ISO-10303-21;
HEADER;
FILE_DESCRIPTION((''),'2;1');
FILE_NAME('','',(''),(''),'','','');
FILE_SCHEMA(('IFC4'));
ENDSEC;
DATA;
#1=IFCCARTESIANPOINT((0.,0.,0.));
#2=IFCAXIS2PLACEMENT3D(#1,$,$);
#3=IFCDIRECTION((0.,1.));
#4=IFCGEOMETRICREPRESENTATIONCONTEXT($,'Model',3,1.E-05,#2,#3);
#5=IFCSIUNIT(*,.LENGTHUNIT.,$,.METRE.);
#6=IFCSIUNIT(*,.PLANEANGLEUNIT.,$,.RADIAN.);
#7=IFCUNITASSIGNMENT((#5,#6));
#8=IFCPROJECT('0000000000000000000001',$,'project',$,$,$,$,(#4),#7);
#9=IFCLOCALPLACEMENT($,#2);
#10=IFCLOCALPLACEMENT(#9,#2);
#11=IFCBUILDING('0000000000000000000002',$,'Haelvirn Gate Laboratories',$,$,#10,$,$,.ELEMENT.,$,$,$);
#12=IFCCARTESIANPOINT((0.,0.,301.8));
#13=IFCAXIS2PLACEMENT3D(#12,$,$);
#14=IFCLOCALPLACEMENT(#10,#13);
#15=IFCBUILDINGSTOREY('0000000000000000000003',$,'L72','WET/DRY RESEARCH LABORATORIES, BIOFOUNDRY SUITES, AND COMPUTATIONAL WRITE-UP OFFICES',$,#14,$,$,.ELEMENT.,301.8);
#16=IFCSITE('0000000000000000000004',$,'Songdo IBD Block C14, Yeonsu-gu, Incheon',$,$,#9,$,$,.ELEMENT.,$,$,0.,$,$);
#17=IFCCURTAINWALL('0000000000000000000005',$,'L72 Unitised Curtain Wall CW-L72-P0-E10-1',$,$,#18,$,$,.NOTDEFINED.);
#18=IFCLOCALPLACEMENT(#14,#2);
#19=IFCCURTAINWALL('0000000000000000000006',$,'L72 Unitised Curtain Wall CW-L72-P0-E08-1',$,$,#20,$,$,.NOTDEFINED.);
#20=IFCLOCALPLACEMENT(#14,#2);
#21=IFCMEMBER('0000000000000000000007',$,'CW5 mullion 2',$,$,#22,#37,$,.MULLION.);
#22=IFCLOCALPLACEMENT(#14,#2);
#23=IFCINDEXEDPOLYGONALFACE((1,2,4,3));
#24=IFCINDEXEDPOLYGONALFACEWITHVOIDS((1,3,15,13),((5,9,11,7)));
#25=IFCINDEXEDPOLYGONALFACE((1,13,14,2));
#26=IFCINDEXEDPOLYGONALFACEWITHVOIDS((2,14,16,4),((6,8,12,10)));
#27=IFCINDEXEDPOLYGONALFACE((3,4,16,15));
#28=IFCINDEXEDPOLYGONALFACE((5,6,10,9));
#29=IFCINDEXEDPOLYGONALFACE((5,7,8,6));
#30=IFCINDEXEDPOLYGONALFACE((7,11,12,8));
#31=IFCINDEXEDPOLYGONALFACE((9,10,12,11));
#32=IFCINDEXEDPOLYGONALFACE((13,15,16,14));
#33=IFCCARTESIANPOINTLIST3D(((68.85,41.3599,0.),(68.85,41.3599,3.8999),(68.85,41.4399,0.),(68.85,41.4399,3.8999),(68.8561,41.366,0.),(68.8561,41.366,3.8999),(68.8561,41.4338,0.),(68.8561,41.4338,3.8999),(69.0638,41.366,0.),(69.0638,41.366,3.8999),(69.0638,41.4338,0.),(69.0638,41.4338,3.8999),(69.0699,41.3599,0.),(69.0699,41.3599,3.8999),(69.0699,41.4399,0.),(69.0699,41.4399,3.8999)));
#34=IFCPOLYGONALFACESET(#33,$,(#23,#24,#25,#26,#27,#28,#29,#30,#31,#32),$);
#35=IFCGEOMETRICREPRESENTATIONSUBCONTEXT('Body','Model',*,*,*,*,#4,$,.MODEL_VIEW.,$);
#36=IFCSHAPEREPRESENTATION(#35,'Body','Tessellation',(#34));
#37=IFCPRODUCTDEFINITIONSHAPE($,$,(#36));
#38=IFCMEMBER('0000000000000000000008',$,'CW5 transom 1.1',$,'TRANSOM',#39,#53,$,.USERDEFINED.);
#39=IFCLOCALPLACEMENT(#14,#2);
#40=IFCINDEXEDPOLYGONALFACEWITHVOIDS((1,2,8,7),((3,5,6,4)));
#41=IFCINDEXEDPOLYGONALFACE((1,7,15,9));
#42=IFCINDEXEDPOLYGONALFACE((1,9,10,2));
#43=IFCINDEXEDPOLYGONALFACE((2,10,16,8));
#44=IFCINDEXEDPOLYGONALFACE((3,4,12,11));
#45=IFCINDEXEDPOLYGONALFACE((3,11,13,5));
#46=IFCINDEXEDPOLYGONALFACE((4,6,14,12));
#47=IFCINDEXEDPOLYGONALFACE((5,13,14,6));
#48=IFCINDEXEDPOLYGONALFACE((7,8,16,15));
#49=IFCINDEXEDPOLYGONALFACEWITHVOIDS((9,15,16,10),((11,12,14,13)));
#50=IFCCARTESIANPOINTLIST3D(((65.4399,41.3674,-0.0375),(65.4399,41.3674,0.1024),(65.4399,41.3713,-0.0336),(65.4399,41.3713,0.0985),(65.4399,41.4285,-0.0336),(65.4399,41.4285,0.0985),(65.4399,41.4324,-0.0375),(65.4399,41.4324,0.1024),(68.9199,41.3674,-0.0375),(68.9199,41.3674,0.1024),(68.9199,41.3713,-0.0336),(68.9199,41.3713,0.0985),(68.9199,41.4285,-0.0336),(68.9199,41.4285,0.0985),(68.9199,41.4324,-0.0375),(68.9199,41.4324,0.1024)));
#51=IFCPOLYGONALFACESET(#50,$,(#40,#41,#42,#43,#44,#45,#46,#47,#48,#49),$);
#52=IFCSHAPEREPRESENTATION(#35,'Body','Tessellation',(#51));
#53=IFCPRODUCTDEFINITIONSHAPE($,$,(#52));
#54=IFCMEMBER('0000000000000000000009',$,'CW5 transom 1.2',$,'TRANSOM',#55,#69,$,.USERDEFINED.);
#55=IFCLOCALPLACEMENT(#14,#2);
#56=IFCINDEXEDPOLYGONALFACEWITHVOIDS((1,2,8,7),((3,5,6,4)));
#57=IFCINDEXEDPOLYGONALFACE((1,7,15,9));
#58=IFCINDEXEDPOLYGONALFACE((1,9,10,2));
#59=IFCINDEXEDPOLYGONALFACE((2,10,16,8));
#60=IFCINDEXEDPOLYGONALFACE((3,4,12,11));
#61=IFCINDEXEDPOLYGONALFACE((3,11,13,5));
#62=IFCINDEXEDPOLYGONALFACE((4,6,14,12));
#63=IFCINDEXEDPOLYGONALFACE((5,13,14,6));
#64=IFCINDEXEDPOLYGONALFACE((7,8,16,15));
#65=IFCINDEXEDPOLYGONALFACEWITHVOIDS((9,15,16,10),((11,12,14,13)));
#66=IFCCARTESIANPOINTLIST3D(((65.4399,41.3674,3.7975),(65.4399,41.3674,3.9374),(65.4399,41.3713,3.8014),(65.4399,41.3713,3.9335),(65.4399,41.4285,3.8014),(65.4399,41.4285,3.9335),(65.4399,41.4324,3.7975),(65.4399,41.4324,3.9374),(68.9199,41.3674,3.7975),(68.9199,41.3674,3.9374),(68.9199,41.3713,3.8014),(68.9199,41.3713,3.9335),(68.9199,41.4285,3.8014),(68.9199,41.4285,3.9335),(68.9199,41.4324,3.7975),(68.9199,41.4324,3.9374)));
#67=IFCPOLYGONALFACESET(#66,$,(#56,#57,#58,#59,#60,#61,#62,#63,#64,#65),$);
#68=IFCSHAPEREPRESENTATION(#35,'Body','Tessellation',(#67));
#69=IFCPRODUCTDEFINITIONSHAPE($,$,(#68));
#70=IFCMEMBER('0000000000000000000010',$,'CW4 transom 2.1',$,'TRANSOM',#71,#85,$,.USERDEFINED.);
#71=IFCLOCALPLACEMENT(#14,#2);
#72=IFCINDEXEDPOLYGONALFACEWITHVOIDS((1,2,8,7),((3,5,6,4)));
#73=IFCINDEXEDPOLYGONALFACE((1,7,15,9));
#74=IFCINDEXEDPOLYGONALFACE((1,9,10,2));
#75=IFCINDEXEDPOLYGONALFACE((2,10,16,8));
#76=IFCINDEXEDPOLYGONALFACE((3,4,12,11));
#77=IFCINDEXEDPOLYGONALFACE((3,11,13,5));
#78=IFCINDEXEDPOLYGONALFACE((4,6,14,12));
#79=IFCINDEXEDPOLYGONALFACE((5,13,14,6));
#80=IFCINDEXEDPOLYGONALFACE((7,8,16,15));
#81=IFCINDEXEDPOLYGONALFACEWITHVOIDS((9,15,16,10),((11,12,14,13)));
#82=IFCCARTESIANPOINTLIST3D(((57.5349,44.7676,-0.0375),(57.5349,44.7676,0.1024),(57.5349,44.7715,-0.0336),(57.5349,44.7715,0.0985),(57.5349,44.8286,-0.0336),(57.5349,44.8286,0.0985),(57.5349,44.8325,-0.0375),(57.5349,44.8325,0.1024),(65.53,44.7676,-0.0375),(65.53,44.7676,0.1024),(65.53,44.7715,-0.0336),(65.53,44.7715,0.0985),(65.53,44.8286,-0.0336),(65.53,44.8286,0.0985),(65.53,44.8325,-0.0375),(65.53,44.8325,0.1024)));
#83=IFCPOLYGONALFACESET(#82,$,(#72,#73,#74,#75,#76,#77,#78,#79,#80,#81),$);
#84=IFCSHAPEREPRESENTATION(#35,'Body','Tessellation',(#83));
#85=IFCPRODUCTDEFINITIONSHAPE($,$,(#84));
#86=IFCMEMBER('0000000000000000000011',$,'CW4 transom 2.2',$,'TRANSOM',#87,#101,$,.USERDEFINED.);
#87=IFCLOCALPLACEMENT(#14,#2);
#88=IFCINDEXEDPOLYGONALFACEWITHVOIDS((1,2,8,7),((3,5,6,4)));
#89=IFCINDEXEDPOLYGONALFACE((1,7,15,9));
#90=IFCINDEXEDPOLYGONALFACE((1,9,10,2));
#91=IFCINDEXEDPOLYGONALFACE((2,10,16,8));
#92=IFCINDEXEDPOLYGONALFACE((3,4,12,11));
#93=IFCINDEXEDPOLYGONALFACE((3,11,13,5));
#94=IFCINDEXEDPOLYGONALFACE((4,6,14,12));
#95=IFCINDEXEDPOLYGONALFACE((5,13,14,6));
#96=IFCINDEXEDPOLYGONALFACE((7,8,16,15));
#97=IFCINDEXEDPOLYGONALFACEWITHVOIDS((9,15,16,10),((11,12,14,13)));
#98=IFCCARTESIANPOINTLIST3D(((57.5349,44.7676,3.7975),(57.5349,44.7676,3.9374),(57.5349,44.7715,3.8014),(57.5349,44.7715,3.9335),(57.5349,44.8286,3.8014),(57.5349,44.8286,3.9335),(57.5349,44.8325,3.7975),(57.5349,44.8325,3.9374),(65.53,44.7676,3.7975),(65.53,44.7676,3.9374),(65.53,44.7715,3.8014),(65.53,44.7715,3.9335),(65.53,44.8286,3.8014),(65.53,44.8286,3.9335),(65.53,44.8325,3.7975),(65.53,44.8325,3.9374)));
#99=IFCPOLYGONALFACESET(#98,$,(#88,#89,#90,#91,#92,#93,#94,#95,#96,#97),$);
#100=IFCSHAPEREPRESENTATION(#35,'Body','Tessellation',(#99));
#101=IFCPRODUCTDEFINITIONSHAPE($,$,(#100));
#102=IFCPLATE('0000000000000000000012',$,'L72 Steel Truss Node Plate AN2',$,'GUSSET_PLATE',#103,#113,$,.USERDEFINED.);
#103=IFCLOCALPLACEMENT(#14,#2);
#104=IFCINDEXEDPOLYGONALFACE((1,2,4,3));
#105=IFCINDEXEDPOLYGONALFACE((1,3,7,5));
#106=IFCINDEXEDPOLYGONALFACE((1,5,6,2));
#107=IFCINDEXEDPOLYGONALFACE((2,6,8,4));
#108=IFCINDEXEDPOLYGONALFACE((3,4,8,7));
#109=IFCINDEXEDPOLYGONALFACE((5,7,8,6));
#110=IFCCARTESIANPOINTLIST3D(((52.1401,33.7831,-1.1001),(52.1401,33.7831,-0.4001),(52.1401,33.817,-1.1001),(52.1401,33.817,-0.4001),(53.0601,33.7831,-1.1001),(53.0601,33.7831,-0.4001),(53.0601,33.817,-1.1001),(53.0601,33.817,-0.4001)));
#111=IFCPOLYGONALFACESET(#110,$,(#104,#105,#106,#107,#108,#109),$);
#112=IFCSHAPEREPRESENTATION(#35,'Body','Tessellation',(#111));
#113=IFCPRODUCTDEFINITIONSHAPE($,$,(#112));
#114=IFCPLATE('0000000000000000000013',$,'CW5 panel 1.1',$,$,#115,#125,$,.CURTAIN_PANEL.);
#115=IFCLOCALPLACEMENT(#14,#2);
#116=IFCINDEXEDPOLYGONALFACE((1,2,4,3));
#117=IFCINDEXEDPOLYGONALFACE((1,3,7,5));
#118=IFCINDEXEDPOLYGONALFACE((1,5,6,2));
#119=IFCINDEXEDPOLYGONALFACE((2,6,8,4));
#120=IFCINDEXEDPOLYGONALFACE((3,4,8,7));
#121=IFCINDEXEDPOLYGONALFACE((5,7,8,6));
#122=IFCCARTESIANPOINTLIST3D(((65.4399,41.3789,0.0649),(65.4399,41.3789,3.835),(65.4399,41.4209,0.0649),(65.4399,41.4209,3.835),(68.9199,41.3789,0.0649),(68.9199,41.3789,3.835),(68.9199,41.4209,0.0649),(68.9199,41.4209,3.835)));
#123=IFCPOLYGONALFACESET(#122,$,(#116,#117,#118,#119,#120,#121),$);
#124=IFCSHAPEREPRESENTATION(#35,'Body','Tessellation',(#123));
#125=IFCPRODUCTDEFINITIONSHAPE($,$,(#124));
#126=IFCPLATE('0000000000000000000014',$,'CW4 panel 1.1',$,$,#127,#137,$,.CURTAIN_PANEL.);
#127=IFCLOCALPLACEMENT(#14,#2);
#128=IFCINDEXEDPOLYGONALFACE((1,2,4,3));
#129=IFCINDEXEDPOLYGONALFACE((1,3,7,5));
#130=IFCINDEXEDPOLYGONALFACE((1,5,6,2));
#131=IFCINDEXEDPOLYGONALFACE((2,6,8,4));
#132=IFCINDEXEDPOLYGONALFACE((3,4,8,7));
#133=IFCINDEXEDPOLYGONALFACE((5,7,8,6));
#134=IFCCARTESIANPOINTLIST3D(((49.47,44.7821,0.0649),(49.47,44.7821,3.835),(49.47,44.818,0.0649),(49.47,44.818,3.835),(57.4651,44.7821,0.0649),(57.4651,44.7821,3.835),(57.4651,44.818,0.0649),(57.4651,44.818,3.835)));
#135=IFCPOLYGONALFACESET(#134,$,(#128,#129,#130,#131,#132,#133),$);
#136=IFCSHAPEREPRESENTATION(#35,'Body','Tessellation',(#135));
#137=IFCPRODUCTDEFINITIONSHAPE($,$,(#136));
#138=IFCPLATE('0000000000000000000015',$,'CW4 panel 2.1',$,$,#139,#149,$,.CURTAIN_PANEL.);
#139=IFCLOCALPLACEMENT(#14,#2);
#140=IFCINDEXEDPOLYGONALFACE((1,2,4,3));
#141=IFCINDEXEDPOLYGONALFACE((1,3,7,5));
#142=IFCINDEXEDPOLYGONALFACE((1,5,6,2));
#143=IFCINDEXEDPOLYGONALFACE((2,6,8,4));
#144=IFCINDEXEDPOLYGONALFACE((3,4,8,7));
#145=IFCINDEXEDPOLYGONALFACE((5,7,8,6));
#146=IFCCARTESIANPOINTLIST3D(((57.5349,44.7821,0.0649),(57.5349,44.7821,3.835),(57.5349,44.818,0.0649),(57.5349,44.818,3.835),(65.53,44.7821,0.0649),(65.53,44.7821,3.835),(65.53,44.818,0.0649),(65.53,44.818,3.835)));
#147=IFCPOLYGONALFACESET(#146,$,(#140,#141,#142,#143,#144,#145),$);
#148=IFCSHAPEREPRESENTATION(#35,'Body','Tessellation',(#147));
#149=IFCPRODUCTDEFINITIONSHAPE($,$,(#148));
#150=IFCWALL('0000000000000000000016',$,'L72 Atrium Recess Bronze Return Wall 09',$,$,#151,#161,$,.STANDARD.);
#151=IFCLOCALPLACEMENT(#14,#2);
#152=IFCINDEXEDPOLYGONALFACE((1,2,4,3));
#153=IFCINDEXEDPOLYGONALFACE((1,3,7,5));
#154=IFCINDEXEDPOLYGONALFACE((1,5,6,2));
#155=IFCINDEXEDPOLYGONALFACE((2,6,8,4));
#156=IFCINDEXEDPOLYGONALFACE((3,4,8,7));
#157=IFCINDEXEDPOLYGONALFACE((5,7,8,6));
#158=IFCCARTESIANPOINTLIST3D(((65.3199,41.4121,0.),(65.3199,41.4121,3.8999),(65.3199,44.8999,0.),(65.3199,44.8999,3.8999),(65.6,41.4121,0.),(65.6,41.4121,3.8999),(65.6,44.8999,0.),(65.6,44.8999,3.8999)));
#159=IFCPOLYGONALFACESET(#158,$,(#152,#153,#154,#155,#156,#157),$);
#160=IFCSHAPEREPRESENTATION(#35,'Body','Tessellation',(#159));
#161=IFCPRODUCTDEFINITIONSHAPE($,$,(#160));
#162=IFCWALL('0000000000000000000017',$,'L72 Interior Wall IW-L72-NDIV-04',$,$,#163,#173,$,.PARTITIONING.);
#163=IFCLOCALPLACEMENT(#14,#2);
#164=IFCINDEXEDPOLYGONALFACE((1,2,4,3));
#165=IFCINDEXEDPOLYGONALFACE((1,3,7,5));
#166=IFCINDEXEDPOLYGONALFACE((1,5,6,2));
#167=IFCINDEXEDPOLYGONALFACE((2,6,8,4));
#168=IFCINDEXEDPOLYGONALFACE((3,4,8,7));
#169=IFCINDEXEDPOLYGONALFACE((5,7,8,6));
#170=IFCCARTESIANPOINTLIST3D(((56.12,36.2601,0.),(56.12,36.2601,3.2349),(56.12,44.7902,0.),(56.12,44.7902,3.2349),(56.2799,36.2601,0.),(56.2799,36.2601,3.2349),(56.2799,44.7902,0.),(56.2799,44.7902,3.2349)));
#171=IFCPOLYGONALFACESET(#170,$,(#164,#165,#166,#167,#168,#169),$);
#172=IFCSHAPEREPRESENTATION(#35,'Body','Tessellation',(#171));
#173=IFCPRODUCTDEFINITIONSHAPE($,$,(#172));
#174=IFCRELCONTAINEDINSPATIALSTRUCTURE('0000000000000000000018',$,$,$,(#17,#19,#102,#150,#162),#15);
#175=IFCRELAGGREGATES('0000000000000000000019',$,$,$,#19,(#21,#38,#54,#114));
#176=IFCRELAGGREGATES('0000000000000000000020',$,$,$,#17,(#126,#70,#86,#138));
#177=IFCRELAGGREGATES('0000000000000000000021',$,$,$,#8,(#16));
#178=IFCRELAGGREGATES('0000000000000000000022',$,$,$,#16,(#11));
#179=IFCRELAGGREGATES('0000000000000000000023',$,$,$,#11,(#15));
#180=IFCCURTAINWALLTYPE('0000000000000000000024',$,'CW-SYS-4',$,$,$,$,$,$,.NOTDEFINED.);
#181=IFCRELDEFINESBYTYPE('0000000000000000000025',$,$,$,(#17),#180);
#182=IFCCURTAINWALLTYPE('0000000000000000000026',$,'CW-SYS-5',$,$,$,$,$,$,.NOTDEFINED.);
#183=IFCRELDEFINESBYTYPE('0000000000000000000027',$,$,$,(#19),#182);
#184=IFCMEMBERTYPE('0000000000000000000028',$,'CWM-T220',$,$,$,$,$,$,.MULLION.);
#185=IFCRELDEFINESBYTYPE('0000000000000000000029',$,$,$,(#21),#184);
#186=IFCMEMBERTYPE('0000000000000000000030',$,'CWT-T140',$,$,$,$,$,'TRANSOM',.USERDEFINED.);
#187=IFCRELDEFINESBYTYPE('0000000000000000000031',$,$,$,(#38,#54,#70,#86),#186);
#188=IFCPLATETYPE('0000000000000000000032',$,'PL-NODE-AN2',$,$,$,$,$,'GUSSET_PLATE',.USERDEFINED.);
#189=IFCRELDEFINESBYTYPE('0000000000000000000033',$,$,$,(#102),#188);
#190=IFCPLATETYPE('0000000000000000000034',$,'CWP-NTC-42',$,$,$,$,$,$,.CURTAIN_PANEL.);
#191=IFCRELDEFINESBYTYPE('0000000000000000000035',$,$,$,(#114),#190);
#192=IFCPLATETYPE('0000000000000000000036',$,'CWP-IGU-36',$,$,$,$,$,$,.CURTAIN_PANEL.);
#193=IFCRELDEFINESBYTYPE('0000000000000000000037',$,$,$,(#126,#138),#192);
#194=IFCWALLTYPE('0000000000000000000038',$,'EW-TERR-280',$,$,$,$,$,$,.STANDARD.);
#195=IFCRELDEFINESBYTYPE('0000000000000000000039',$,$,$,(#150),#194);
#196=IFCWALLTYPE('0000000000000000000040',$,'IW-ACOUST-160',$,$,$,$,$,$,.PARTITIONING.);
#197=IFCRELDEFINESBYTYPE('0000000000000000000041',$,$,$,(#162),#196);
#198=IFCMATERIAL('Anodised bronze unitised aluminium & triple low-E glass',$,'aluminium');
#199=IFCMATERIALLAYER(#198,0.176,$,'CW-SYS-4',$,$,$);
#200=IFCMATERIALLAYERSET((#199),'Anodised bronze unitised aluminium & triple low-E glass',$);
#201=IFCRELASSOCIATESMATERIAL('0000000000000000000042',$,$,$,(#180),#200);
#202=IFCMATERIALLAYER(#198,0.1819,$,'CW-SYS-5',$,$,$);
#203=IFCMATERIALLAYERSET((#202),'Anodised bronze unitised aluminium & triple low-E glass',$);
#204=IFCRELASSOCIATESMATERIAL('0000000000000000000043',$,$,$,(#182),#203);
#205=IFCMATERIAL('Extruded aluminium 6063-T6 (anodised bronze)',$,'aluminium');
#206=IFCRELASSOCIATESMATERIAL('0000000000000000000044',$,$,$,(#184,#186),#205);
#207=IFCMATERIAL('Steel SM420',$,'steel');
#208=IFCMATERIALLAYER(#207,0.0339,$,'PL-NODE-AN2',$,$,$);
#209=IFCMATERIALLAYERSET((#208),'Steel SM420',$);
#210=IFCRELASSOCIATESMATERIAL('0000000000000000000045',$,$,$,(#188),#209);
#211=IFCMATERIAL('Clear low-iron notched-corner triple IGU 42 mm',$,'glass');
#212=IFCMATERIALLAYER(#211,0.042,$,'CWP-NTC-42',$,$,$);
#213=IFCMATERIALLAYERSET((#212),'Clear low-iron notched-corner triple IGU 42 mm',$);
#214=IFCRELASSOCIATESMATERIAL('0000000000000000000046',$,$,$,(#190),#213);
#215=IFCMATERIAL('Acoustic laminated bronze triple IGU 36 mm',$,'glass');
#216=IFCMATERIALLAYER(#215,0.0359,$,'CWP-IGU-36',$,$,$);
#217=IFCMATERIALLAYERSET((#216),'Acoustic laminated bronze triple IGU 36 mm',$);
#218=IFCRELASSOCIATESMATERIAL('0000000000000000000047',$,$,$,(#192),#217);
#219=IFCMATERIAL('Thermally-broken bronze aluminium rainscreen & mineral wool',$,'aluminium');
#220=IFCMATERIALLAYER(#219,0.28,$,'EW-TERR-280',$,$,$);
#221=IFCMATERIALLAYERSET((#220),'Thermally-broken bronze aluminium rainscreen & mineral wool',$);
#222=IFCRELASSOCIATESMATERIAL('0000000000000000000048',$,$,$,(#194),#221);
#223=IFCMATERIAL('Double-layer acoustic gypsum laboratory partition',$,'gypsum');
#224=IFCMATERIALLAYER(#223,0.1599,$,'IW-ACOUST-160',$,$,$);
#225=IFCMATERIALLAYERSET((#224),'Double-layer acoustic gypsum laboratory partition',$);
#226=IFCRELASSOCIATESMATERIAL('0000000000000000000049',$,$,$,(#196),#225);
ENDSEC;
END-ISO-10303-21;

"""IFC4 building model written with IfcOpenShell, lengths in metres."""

from ifc_helpers import new_model, si_unit, direction, frame, frame_2d, origin, origin_2d, place, context, subcontext, project, spatial, rectangle, hollow_rectangle, extrude, source, transform, mapped, material, layer, layer_set, material_profile, profile_set, type_object, type_shapes, element, aggregate, save


model = new_model("IFC4")

# Units and contexts
model_context = context("Model", 3, precision=1e-05, world=origin(), true_north=direction((0.0, 1.0)))
body_context = subcontext(model_context, "Body", "Model", "MODEL_VIEW")
ifc_project = project(units=[si_unit("LENGTHUNIT", "METRE"), si_unit("PLANEANGLEUNIT", "RADIAN")], contexts=[model_context])

# Site, building, storey
site_placement = place(None, origin())
site = spatial("IfcSite", under=ifc_project, at=site_placement, Name="Songdo IBD Block C14, Yeonsu-gu, Incheon", CompositionType="ELEMENT", RefElevation=0.0)
building_placement = place(site_placement, origin())
building = spatial("IfcBuilding", under=site, at=building_placement, Name="Haelvirn Gate Laboratories", CompositionType="ELEMENT")
storey_placement = place(building_placement, frame((0.0, 0.0, 301.8)))
storey = spatial("IfcBuildingStorey", under=building, at=storey_placement, Name="L72", Description="WET/DRY RESEARCH LABORATORIES, BIOFOUNDRY SUITES, AND COMPUTATIONAL WRITE-UP OFFICES", CompositionType="ELEMENT", Elevation=301.8)

# Shared definitions
ifc_material_1 = material(Name="Anodised bronze unitised aluminium & triple low-E glass", Category="aluminium")
ifc_layer_1 = layer(ifc_material_1, 0.176, Name="CW-SYS-4")
ifc_layer_set_1 = layer_set([ifc_layer_1], Name="Anodised bronze unitised aluminium & triple low-E glass")
curtain_wall_type_1 = type_object("IfcCurtainWallType", Name="CW-SYS-4", PredefinedType="NOTDEFINED", material=ifc_layer_set_1)
ifc_material_2 = material(Name="Extruded aluminium 6063-T6 (anodised bronze)", Category="aluminium")

# Curtain walls, members
curtain_wall_1_placement = place(storey_placement, origin())
curtain_wall_1 = element("IfcCurtainWall", 1, at=curtain_wall_1_placement, inside=storey, type_object=curtain_wall_type_1, Name="L72 Unitised Curtain Wall CW-L72-P0-E10-1", PredefinedType="NOTDEFINED")
ifc_layer_2 = layer(ifc_material_1, 0.1819, Name="CW-SYS-5")
ifc_layer_set_2 = layer_set([ifc_layer_2], Name="Anodised bronze unitised aluminium & triple low-E glass")
curtain_wall_type_2 = type_object("IfcCurtainWallType", Name="CW-SYS-5", PredefinedType="NOTDEFINED", material=ifc_layer_set_2)
curtain_wall_2_placement = place(storey_placement, origin())
curtain_wall_2 = element("IfcCurtainWall", 2, at=curtain_wall_2_placement, inside=storey, type_object=curtain_wall_type_2, Name="L72 Unitised Curtain Wall CW-L72-P0-E08-1", PredefinedType="NOTDEFINED")
ifc_material_profile_1 = material_profile(ifc_material_2, hollow_rectangle(XDim=0.0801, YDim=0.22, WallThickness=0.0061, at=origin_2d()), Name="CWM-220x80x6")
ifc_profile_set_1 = profile_set([ifc_material_profile_1], Name="Extruded aluminium 6063-T6 (anodised bronze)")
member_type_1 = type_object("IfcMemberType", Name="CWM-T220", PredefinedType="MULLION", material=ifc_profile_set_1)
shared_shape_1 = source(origin(), body_context, "Body", "SweptSolid", [
    extrude(hollow_rectangle(XDim=0.0801, YDim=0.22, WallThickness=0.0061, at=origin_2d()), origin(), (0.0, 0.0, 1.0), 3.8999),
])
type_shapes(member_type_1, [shared_shape_1])
member_1_placement = place(storey_placement, frame((68.96, 41.3999, 0.0), z_axis=(0.0, 0.0, 1.0), x_axis=(0.0, 1.0, 0.0)))
member_1 = element("IfcMember", 3, at=member_1_placement, type_object=member_type_1, Name="CW5 mullion 2", PredefinedType="MULLION", context=body_context, shape_type="MappedRepresentation", body=[
    mapped(shared_shape_1, transform((0.0, 0.0, 0.0), scale=1.0)),
])
ifc_material_profile_2 = material_profile(ifc_material_2, hollow_rectangle(XDim=0.0649, YDim=0.1399, WallThickness=0.0039, at=origin_2d()), Name="CWT-140x65x4")
ifc_profile_set_2 = profile_set([ifc_material_profile_2], Name="Extruded aluminium 6063-T6 (anodised bronze)")
member_type_2 = type_object("IfcMemberType", Name="CWT-T140", ElementType="TRANSOM", PredefinedType="USERDEFINED", material=ifc_profile_set_2)
shared_shape_2 = source(origin(), body_context, "Body", "SweptSolid", [
    extrude(hollow_rectangle(XDim=0.0649, YDim=0.1399, WallThickness=0.0039, at=origin_2d()), origin(), (0.0, 0.0, 1.0), 3.48),
])
member_2_placement = place(storey_placement, frame((65.4399, 41.3999, 0.0325), z_axis=(1.0, 0.0, 0.0), x_axis=(0.0, 1.0, 0.0)))
member_2 = element("IfcMember", 4, at=member_2_placement, type_object=member_type_2, Name="CW5 transom 1.1", ObjectType="TRANSOM", PredefinedType="USERDEFINED", context=body_context, shape_type="MappedRepresentation", body=[
    mapped(shared_shape_2, transform((0.0, 0.0, 0.0), scale=1.0)),
])
member_3_placement = place(storey_placement, frame((65.4399, 41.3999, 3.8674), z_axis=(1.0, 0.0, 0.0), x_axis=(0.0, 1.0, 0.0)))
member_3 = element("IfcMember", 5, at=member_3_placement, type_object=member_type_2, Name="CW5 transom 1.2", ObjectType="TRANSOM", PredefinedType="USERDEFINED", context=body_context, shape_type="MappedRepresentation", body=[
    mapped(shared_shape_2, transform((0.0, 0.0, 0.0), scale=1.0)),
])

# Members
shared_shape_3 = source(origin(), body_context, "Body", "SweptSolid", [
    extrude(hollow_rectangle(XDim=0.0649, YDim=0.1399, WallThickness=0.0039, at=origin_2d()), origin(), (0.0, 0.0, 1.0), 7.9951),
])
type_shapes(member_type_2, [shared_shape_2, shared_shape_3])
member_4_placement = place(storey_placement, frame((57.5349, 44.8, 0.0325), z_axis=(1.0, 0.0, 0.0), x_axis=(0.0, 1.0, 0.0)))
member_4 = element("IfcMember", 6, at=member_4_placement, type_object=member_type_2, Name="CW4 transom 2.1", ObjectType="TRANSOM", PredefinedType="USERDEFINED", context=body_context, shape_type="MappedRepresentation", body=[
    mapped(shared_shape_3, transform((0.0, 0.0, 0.0), scale=1.0)),
])
member_5_placement = place(storey_placement, frame((57.5349, 44.8, 3.8674), z_axis=(1.0, 0.0, 0.0), x_axis=(0.0, 1.0, 0.0)))
member_5 = element("IfcMember", 7, at=member_5_placement, type_object=member_type_2, Name="CW4 transom 2.2", ObjectType="TRANSOM", PredefinedType="USERDEFINED", context=body_context, shape_type="MappedRepresentation", body=[
    mapped(shared_shape_3, transform((0.0, 0.0, 0.0), scale=1.0)),
])

# Plates
ifc_material_3 = material(Name="Steel SM420", Category="steel")
ifc_layer_3 = layer(ifc_material_3, 0.0339, Name="PL-NODE-AN2")
ifc_layer_set_3 = layer_set([ifc_layer_3], Name="Steel SM420")
plate_type_1 = type_object("IfcPlateType", Name="PL-NODE-AN2", ElementType="GUSSET_PLATE", PredefinedType="USERDEFINED", material=ifc_layer_set_3)
shared_shape_4 = source(origin(), body_context, "Body", "SweptSolid", [
    extrude(rectangle(XDim=0.9199, YDim=0.0339, at=origin_2d()), origin(), (0.0, 0.0, 1.0), 0.7),
])
type_shapes(plate_type_1, [shared_shape_4])
plate_1_placement = place(storey_placement, frame((52.6001, 33.8, -1.1001), z_axis=(0.0, 0.0, 1.0), x_axis=(1.0, 0.0, 0.0)))
element("IfcPlate", 8, at=plate_1_placement, inside=storey, type_object=plate_type_1, Name="L72 Steel Truss Node Plate AN2", ObjectType="GUSSET_PLATE", PredefinedType="USERDEFINED", context=body_context, shape_type="MappedRepresentation", body=[
    mapped(shared_shape_4, transform((0.0, 0.0, 0.0), scale=1.0)),
])
ifc_material_4 = material(Name="Clear low-iron notched-corner triple IGU 42 mm", Category="glass")
ifc_layer_4 = layer(ifc_material_4, 0.042, Name="CWP-NTC-42")
ifc_layer_set_4 = layer_set([ifc_layer_4], Name="Clear low-iron notched-corner triple IGU 42 mm")
plate_type_2 = type_object("IfcPlateType", Name="CWP-NTC-42", PredefinedType="CURTAIN_PANEL", material=ifc_layer_set_4)
shared_shape_5 = source(origin(), body_context, "Body", "SweptSolid", [
    extrude(rectangle(XDim=3.48, YDim=0.042, at=origin_2d()), origin(), (0.0, 0.0, 1.0), 3.77),
])
type_shapes(plate_type_2, [shared_shape_5])
plate_2_placement = place(storey_placement, frame((67.1799, 41.3999, 0.0649), z_axis=(0.0, 0.0, 1.0), x_axis=(1.0, 0.0, 0.0)))
plate_2 = element("IfcPlate", 9, at=plate_2_placement, type_object=plate_type_2, Name="CW5 panel 1.1", PredefinedType="CURTAIN_PANEL", context=body_context, shape_type="MappedRepresentation", body=[
    mapped(shared_shape_5, transform((0.0, 0.0, 0.0), scale=1.0)),
])
aggregate(curtain_wall_2, [member_1, member_2, member_3, plate_2])
ifc_material_5 = material(Name="Acoustic laminated bronze triple IGU 36 mm", Category="glass")
ifc_layer_5 = layer(ifc_material_5, 0.0359, Name="CWP-IGU-36")
ifc_layer_set_5 = layer_set([ifc_layer_5], Name="Acoustic laminated bronze triple IGU 36 mm")
plate_type_3 = type_object("IfcPlateType", Name="CWP-IGU-36", PredefinedType="CURTAIN_PANEL", material=ifc_layer_set_5)
shared_shape_6 = source(origin(), body_context, "Body", "SweptSolid", [
    extrude(rectangle(XDim=7.9951, YDim=0.0359, at=origin_2d()), origin(), (0.0, 0.0, 1.0), 3.77),
])
type_shapes(plate_type_3, [shared_shape_6])
plate_3_placement = place(storey_placement, frame((53.4675, 44.8, 0.0649), z_axis=(0.0, 0.0, 1.0), x_axis=(1.0, 0.0, 0.0)))
plate_3 = element("IfcPlate", 10, at=plate_3_placement, type_object=plate_type_3, Name="CW4 panel 1.1", PredefinedType="CURTAIN_PANEL", context=body_context, shape_type="MappedRepresentation", body=[
    mapped(shared_shape_6, transform((0.0, 0.0, 0.0), scale=1.0)),
])
plate_4_placement = place(storey_placement, frame((61.5325, 44.8, 0.0649), z_axis=(0.0, 0.0, 1.0), x_axis=(1.0, 0.0, 0.0)))
plate_4 = element("IfcPlate", 11, at=plate_4_placement, type_object=plate_type_3, Name="CW4 panel 2.1", PredefinedType="CURTAIN_PANEL", context=body_context, shape_type="MappedRepresentation", body=[
    mapped(shared_shape_6, transform((0.0, 0.0, 0.0), scale=1.0)),
])
aggregate(curtain_wall_1, [plate_3, member_4, member_5, plate_4])

# Walls
ifc_material_6 = material(Name="Thermally-broken bronze aluminium rainscreen & mineral wool", Category="aluminium")
ifc_layer_6 = layer(ifc_material_6, 0.28, Name="EW-TERR-280")
ifc_layer_set_6 = layer_set([ifc_layer_6], Name="Thermally-broken bronze aluminium rainscreen & mineral wool")
wall_type_1 = type_object("IfcWallType", Name="EW-TERR-280", PredefinedType="STANDARD", material=ifc_layer_set_6)
wall_1_placement = place(storey_placement, frame((65.46, 41.4121, 0.0), z_axis=(0.0, 0.0, 1.0), x_axis=(0.0, 1.0, 0.0)))
element("IfcWall", 12, at=wall_1_placement, inside=storey, type_object=wall_type_1, Name="L72 Atrium Recess Bronze Return Wall 09", PredefinedType="STANDARD", context=body_context, shape_type="SweptSolid", body=[
    extrude(rectangle(XDim=3.4878, YDim=0.28, at=frame_2d((1.7439, 0.0))), origin(), (0.0, 0.0, 1.0), 3.8999),
])
ifc_material_7 = material(Name="Double-layer acoustic gypsum laboratory partition", Category="gypsum")
ifc_layer_7 = layer(ifc_material_7, 0.1599, Name="IW-ACOUST-160")
ifc_layer_set_7 = layer_set([ifc_layer_7], Name="Double-layer acoustic gypsum laboratory partition")
wall_type_2 = type_object("IfcWallType", Name="IW-ACOUST-160", PredefinedType="PARTITIONING", material=ifc_layer_set_7)
wall_2_placement = place(storey_placement, frame((56.2, 36.26, 0.0), z_axis=(0.0, 0.0, 1.0), x_axis=(0.0, 1.0, 0.0)))
element("IfcWall", 13, at=wall_2_placement, inside=storey, type_object=wall_type_2, Name="L72 Interior Wall IW-L72-NDIV-04", PredefinedType="PARTITIONING", context=body_context, shape_type="SweptSolid", body=[
    extrude(rectangle(XDim=8.53, YDim=0.1599, at=frame_2d((4.2651, 0.0))), origin(), (0.0, 0.0, 1.0), 3.2349),
])

save(model, "model.ifc")
